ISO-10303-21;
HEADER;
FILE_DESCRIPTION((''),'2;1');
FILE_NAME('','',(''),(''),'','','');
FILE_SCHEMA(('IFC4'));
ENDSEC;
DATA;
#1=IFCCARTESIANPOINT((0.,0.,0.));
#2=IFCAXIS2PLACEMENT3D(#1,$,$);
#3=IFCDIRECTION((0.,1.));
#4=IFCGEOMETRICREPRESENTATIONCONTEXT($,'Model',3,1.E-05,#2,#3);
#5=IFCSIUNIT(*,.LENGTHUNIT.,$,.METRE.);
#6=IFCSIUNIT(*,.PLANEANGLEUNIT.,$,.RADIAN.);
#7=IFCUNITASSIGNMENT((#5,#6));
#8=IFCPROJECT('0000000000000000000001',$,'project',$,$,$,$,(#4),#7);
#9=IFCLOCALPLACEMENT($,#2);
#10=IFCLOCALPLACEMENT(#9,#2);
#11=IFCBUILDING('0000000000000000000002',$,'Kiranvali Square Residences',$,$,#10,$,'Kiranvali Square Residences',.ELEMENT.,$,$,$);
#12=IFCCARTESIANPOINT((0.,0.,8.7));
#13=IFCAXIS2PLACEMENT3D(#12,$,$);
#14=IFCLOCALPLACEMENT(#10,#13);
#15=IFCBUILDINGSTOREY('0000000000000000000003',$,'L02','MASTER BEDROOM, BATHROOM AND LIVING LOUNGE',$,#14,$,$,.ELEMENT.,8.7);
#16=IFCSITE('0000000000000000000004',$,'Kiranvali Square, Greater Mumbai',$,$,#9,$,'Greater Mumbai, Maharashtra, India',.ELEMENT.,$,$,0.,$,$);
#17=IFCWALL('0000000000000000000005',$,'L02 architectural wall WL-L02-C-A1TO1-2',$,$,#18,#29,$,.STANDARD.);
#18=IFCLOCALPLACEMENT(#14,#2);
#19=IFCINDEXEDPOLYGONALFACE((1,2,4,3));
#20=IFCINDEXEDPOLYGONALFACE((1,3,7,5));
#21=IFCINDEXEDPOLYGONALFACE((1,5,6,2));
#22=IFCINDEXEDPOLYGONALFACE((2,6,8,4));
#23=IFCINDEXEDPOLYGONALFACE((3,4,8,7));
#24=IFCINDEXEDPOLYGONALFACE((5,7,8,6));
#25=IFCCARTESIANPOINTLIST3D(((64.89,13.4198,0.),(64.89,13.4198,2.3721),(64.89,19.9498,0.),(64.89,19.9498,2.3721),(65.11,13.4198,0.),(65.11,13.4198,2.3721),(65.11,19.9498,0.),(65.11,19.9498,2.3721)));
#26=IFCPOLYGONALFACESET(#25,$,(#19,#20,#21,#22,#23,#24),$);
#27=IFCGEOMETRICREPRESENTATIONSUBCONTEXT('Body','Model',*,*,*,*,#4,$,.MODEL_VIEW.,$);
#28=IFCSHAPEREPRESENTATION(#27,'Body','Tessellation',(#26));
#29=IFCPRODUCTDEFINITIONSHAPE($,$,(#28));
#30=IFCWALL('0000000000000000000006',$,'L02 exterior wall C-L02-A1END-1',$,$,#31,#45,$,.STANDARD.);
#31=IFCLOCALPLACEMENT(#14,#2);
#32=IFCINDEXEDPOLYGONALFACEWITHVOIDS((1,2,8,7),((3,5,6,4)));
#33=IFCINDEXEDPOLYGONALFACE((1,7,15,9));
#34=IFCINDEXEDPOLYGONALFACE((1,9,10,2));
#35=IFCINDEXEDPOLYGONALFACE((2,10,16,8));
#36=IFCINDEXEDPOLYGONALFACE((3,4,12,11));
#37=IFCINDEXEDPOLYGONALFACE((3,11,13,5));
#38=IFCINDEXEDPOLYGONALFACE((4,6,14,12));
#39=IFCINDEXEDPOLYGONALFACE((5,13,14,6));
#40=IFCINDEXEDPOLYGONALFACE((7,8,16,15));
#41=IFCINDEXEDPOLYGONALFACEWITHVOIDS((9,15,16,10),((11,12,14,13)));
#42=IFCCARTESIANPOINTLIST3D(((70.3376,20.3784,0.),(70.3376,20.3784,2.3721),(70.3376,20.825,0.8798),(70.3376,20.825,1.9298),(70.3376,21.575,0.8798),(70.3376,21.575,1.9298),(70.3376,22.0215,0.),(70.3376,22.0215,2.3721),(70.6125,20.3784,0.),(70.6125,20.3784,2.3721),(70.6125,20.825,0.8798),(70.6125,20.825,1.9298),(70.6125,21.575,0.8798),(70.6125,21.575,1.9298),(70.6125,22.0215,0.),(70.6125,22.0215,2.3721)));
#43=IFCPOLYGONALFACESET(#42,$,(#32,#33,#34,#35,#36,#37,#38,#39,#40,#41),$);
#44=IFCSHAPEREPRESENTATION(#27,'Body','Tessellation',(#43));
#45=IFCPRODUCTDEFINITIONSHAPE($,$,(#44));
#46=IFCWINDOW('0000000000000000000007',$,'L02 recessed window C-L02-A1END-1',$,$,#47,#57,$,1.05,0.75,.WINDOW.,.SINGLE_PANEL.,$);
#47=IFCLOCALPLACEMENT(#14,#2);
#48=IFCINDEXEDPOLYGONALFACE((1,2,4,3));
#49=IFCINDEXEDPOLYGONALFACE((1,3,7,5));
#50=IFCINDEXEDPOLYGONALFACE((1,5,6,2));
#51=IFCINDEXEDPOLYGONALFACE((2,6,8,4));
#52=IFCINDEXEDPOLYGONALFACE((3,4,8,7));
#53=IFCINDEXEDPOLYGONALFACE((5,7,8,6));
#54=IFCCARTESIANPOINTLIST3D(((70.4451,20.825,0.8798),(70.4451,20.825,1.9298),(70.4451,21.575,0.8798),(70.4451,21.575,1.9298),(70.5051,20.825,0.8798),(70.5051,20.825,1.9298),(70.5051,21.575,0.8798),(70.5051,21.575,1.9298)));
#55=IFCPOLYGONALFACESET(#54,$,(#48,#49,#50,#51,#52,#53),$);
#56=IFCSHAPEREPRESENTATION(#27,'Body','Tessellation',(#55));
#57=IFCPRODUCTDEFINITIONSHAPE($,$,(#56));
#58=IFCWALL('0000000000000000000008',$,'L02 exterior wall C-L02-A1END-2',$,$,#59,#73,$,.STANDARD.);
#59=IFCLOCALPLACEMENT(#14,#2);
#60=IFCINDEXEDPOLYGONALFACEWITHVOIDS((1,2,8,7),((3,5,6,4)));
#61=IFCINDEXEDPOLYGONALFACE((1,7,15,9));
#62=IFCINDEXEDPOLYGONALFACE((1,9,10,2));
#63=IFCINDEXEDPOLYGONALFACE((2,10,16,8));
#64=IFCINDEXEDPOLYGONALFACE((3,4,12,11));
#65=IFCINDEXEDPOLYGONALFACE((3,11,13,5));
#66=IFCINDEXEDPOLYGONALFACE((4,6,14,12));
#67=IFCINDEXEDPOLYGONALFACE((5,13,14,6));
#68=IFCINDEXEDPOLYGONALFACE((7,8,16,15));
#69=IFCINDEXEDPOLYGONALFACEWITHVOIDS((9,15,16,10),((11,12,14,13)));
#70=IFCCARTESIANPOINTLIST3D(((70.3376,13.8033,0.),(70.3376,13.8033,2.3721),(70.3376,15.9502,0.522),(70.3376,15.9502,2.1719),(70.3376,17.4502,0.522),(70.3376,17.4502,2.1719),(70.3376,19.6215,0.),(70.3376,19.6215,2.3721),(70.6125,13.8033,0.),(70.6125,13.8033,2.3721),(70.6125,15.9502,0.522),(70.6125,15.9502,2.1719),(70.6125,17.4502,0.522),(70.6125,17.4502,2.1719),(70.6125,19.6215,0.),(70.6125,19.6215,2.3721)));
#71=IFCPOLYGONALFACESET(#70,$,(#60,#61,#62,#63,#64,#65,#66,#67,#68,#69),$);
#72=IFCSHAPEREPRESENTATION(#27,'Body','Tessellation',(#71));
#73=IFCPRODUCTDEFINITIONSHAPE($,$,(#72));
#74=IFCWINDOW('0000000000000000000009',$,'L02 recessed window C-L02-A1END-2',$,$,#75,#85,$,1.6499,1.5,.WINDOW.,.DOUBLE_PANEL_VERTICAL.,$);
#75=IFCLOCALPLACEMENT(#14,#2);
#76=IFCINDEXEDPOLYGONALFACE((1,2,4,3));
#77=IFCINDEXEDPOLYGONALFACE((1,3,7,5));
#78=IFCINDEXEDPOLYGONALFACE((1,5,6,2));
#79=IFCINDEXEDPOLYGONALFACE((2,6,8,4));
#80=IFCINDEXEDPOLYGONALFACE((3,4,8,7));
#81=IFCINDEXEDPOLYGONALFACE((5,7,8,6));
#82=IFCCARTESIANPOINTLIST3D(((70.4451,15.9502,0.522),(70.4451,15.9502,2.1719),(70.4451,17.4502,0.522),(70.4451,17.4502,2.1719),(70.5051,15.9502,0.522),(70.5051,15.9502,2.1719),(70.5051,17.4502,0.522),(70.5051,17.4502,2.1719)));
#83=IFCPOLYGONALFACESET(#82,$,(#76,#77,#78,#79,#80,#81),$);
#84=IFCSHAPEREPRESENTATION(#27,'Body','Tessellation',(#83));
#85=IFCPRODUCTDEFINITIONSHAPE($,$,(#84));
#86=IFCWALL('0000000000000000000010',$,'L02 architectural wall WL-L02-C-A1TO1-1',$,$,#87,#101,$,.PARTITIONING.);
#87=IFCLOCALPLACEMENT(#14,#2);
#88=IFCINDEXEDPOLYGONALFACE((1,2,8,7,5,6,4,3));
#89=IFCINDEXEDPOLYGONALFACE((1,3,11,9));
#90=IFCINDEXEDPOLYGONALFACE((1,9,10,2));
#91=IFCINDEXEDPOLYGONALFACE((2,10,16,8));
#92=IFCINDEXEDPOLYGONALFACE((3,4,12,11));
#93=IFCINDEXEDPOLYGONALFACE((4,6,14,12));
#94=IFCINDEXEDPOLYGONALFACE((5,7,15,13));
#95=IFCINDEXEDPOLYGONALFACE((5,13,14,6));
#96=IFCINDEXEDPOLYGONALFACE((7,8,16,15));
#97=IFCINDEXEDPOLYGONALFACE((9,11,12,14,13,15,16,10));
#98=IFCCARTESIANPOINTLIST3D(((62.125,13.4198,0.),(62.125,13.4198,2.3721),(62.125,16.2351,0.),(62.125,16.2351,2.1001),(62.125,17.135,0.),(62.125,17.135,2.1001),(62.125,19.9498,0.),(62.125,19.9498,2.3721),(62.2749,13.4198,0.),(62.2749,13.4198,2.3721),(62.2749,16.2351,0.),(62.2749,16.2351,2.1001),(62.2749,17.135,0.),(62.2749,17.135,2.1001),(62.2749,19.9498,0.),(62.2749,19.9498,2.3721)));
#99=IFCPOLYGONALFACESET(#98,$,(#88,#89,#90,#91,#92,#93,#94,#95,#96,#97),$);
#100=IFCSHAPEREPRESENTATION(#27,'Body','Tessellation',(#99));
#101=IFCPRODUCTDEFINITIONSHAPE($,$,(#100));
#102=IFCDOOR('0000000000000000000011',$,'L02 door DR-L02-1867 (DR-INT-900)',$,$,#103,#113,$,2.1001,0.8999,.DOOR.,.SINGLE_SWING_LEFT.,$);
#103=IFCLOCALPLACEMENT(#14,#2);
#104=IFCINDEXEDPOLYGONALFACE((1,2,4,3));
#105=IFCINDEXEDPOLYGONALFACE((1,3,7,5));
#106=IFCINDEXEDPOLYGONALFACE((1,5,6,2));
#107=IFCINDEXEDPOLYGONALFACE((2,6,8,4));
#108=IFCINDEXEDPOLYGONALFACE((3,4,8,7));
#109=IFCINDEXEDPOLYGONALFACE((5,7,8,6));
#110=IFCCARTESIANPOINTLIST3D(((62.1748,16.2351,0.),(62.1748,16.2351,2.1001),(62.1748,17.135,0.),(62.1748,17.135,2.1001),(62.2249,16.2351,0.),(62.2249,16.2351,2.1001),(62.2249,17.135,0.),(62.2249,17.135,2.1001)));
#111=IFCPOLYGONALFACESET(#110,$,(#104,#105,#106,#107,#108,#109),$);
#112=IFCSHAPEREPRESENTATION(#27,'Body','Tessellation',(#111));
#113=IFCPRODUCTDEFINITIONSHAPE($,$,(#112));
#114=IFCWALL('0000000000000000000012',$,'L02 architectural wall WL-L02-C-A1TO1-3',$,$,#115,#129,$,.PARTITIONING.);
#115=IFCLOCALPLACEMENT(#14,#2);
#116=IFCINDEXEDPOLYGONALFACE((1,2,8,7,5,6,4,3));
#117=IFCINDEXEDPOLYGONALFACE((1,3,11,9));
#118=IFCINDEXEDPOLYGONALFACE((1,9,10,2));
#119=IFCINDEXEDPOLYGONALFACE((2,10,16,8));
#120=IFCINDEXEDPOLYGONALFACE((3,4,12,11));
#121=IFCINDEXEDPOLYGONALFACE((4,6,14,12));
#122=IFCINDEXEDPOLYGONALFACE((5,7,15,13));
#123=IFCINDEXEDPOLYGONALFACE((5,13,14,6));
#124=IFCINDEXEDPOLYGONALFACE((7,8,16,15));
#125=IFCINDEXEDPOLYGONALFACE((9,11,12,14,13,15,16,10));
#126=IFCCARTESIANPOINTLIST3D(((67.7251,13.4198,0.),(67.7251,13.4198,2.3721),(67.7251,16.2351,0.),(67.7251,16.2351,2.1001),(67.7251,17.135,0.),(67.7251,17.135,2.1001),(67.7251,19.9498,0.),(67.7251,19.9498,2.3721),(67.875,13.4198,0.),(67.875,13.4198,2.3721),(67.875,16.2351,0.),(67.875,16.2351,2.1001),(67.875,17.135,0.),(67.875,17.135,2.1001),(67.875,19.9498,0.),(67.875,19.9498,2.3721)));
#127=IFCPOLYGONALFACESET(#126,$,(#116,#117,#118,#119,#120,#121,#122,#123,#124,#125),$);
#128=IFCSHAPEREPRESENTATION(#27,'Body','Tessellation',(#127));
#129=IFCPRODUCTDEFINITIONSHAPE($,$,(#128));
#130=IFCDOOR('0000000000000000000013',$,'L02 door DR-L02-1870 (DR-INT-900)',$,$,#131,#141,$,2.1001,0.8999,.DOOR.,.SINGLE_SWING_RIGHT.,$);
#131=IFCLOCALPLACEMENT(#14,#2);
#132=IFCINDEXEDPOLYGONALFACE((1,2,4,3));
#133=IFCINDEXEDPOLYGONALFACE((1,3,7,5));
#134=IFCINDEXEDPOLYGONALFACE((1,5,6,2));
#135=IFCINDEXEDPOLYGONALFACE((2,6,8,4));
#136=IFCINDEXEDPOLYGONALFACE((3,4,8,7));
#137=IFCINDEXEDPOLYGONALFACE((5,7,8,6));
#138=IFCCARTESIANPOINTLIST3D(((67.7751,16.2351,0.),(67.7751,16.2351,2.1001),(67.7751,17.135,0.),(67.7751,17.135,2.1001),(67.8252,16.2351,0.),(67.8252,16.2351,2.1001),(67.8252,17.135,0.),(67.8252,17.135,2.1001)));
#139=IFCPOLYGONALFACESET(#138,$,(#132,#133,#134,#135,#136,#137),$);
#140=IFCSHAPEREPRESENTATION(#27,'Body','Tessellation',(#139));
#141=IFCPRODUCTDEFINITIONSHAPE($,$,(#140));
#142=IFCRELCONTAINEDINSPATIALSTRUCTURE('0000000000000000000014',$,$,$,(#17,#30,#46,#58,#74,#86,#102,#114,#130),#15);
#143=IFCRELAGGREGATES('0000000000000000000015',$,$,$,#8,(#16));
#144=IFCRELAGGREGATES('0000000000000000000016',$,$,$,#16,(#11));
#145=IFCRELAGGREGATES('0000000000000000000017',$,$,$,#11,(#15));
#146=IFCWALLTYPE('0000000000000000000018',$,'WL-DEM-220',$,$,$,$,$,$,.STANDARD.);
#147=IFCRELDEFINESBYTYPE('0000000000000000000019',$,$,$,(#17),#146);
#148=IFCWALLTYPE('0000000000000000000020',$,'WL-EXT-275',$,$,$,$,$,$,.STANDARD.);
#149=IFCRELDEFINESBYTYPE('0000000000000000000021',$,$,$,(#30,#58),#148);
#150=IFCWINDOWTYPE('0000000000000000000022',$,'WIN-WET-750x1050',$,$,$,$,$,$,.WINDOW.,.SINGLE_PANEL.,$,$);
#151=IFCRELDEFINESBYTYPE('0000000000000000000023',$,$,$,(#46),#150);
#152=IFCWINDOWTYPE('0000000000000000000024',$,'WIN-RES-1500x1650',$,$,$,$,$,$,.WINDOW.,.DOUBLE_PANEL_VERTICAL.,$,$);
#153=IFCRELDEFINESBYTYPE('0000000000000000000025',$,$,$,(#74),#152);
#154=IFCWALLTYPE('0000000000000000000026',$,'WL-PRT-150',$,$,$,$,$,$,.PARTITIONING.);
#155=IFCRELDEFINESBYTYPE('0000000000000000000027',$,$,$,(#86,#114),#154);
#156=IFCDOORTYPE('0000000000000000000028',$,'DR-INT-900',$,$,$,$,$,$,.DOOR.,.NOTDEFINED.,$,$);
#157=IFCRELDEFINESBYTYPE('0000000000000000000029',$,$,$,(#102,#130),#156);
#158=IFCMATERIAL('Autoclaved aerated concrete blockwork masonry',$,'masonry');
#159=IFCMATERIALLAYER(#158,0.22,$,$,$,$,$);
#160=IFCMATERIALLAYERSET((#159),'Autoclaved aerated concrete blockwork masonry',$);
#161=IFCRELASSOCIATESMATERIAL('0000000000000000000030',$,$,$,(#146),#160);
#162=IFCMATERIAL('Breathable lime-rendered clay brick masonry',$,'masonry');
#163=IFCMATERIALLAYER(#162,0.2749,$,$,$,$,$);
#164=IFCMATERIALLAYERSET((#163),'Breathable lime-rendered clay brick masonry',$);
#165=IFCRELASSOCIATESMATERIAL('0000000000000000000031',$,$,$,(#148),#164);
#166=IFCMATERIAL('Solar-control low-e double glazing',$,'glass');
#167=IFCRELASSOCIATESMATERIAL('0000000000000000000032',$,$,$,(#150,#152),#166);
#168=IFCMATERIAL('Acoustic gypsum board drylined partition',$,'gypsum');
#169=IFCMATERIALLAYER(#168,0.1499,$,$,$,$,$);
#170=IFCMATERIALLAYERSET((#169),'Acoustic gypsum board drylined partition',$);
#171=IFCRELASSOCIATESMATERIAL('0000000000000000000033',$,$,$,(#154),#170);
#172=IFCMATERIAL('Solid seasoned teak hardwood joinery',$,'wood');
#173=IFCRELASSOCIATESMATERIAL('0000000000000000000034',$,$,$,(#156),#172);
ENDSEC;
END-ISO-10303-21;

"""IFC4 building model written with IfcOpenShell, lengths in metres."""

from ifc_helpers import new_model, si_unit, direction, frame, frame_2d, origin, place, context, subcontext, project, spatial, rectangle, extrude, material, layer, layer_set, type_object, element, fill, save


model = new_model("IFC4")

# Units and contexts
model_context = context("Model", 3, precision=1e-05, world=origin(), true_north=direction((0.0, 1.0)))
body_context = subcontext(model_context, "Body", "Model", "MODEL_VIEW")
ifc_project = project(units=[si_unit("LENGTHUNIT", "METRE"), si_unit("PLANEANGLEUNIT", "RADIAN")], contexts=[model_context])

# Site, building, storey
site_placement = place(None, origin())
site = spatial("IfcSite", under=ifc_project, at=site_placement, Name="Kiranvali Square, Greater Mumbai", LongName="Greater Mumbai, Maharashtra, India", CompositionType="ELEMENT", RefElevation=0.0)
building_placement = place(site_placement, origin())
building = spatial("IfcBuilding", under=site, at=building_placement, Name="Kiranvali Square Residences", LongName="Kiranvali Square Residences", CompositionType="ELEMENT")
storey_placement = place(building_placement, frame((0.0, 0.0, 8.7)))
storey = spatial("IfcBuildingStorey", under=building, at=storey_placement, Name="L02", Description="MASTER BEDROOM, BATHROOM AND LIVING LOUNGE", CompositionType="ELEMENT", Elevation=8.7)

# Shared definitions
ifc_material_1 = material(Name="Autoclaved aerated concrete blockwork masonry", Category="masonry")

# Wall
ifc_layer_1 = layer(ifc_material_1, 0.22)
ifc_layer_set_1 = layer_set([ifc_layer_1], Name="Autoclaved aerated concrete blockwork masonry")
wall_type_1 = type_object("IfcWallType", Name="WL-DEM-220", PredefinedType="STANDARD", material=ifc_layer_set_1)
wall_1_placement = place(storey_placement, frame((65.0, 19.95, 0.0), z_axis=(0.0, 0.0, 1.0), x_axis=(0.0, -1.0, 0.0)))
element("IfcWall", 1, at=wall_1_placement, inside=storey, type_object=wall_type_1, Name="L02 architectural wall WL-L02-C-A1TO1-2", PredefinedType="STANDARD", context=body_context, shape_type="SweptSolid", body=[
    extrude(rectangle(XDim=6.53, YDim=0.22, at=frame_2d((3.2651, 0.0))), origin(), (0.0, 0.0, 1.0), 2.3721),
])

# Walls, openings, windows
ifc_material_2 = material(Name="Breathable lime-rendered clay brick masonry", Category="masonry")
ifc_layer_2 = layer(ifc_material_2, 0.2749)
ifc_layer_set_2 = layer_set([ifc_layer_2], Name="Breathable lime-rendered clay brick masonry")
wall_type_2 = type_object("IfcWallType", Name="WL-EXT-275", PredefinedType="STANDARD", material=ifc_layer_set_2)
wall_2_placement = place(storey_placement, frame((70.4751, 22.0215, 0.0), z_axis=(0.0, 0.0, 1.0), x_axis=(0.0, -1.0, 0.0)))
wall_2 = element("IfcWall", 2, at=wall_2_placement, inside=storey, type_object=wall_type_2, Name="L02 exterior wall C-L02-A1END-1", PredefinedType="STANDARD", context=body_context, shape_type="SweptSolid", body=[
    extrude(rectangle(XDim=1.6431, YDim=0.2749, at=frame_2d((0.8215, 0.0))), origin(), (0.0, 0.0, 1.0), 2.3721),
])
opening_1_placement = place(wall_2_placement, frame((0.4465, 0.0, 0.8799)))
opening_1 = element("IfcOpeningElement", 3, at=opening_1_placement, cuts=wall_2, PredefinedType="OPENING", context=body_context, shape_type="SweptSolid", body=[
    extrude(rectangle(XDim=0.75, YDim=1.05, at=frame_2d((0.375, 0.5249))), frame((0.0, 0.1475, 0.0), z_axis=(0.0, -1.0, 0.0), x_axis=(1.0, 0.0, 0.0)), (0.0, 0.0, 1.0), 0.2949),
])
ifc_material_3 = material(Name="Solar-control low-e double glazing", Category="glass")
window_type_1 = type_object("IfcWindowType", Name="WIN-WET-750x1050", PartitioningType="SINGLE_PANEL", PredefinedType="WINDOW", material=ifc_material_3)
window_1_placement = place(opening_1_placement, origin())
window_1 = element("IfcWindow", 4, at=window_1_placement, inside=storey, type_object=window_type_1, Name="L02 recessed window C-L02-A1END-1", OverallHeight=1.05, OverallWidth=0.75, PartitioningType="SINGLE_PANEL", PredefinedType="WINDOW", context=body_context, shape_type="SweptSolid", body=[
    extrude(rectangle(XDim=0.75, YDim=1.05, at=frame_2d((0.375, 0.5249))), frame((0.0, 0.03, 0.0), z_axis=(0.0, -1.0, 0.0), x_axis=(1.0, 0.0, 0.0)), (0.0, 0.0, 1.0), 0.0601),
])
fill(opening_1, window_1)
wall_3_placement = place(storey_placement, frame((70.4751, 19.6216, 0.0), z_axis=(0.0, 0.0, 1.0), x_axis=(0.0, -1.0, 0.0)))
wall_3 = element("IfcWall", 5, at=wall_3_placement, inside=storey, type_object=wall_type_2, Name="L02 exterior wall C-L02-A1END-2", PredefinedType="STANDARD", context=body_context, shape_type="SweptSolid", body=[
    extrude(rectangle(XDim=5.8181, YDim=0.2749, at=frame_2d((2.9092, 0.0))), origin(), (0.0, 0.0, 1.0), 2.3721),
])
opening_2_placement = place(wall_3_placement, frame((2.1714, 0.0, 0.522)))
opening_2 = element("IfcOpeningElement", 6, at=opening_2_placement, cuts=wall_3, PredefinedType="OPENING", context=body_context, shape_type="SweptSolid", body=[
    extrude(rectangle(XDim=1.5, YDim=1.6499, at=frame_2d((0.75, 0.825))), frame((0.0, 0.1475, 0.0), z_axis=(0.0, -1.0, 0.0), x_axis=(1.0, 0.0, 0.0)), (0.0, 0.0, 1.0), 0.2949),
])
window_type_2 = type_object("IfcWindowType", Name="WIN-RES-1500x1650", PartitioningType="DOUBLE_PANEL_VERTICAL", PredefinedType="WINDOW", material=ifc_material_3)
window_2_placement = place(opening_2_placement, origin())
window_2 = element("IfcWindow", 7, at=window_2_placement, inside=storey, type_object=window_type_2, Name="L02 recessed window C-L02-A1END-2", OverallHeight=1.6499, OverallWidth=1.5, PartitioningType="DOUBLE_PANEL_VERTICAL", PredefinedType="WINDOW", context=body_context, shape_type="SweptSolid", body=[
    extrude(rectangle(XDim=1.5, YDim=1.6499, at=frame_2d((0.75, 0.825))), frame((0.0, 0.03, 0.0), z_axis=(0.0, -1.0, 0.0), x_axis=(1.0, 0.0, 0.0)), (0.0, 0.0, 1.0), 0.0601),
])
fill(opening_2, window_2)

# Walls, openings, doors
ifc_material_4 = material(Name="Acoustic gypsum board drylined partition", Category="gypsum")
ifc_layer_3 = layer(ifc_material_4, 0.1499)
ifc_layer_set_3 = layer_set([ifc_layer_3], Name="Acoustic gypsum board drylined partition")
wall_type_3 = type_object("IfcWallType", Name="WL-PRT-150", PredefinedType="PARTITIONING", material=ifc_layer_set_3)
wall_4_placement = place(storey_placement, frame((62.2, 19.95, 0.0), z_axis=(0.0, 0.0, 1.0), x_axis=(0.0, -1.0, 0.0)))
wall_4 = element("IfcWall", 8, at=wall_4_placement, inside=storey, type_object=wall_type_3, Name="L02 architectural wall WL-L02-C-A1TO1-1", PredefinedType="PARTITIONING", context=body_context, shape_type="SweptSolid", body=[
    extrude(rectangle(XDim=6.53, YDim=0.1499, at=frame_2d((3.2651, 0.0))), origin(), (0.0, 0.0, 1.0), 2.3721),
])
opening_3_placement = place(wall_4_placement, frame((2.8149, 0.0, 0.0)))
opening_3 = element("IfcOpeningElement", 9, at=opening_3_placement, cuts=wall_4, PredefinedType="OPENING", context=body_context, shape_type="SweptSolid", body=[
    extrude(rectangle(XDim=0.8999, YDim=2.1001, at=frame_2d((0.45, 1.05))), frame((0.0, 0.085, 0.0), z_axis=(0.0, -1.0, 0.0), x_axis=(1.0, 0.0, 0.0)), (0.0, 0.0, 1.0), 0.1699),
])
ifc_material_5 = material(Name="Solid seasoned teak hardwood joinery", Category="wood")
door_type_1 = type_object("IfcDoorType", Name="DR-INT-900", OperationType="NOTDEFINED", PredefinedType="DOOR", material=ifc_material_5)
door_1_placement = place(opening_3_placement, origin())
door_1 = element("IfcDoor", 10, at=door_1_placement, inside=storey, type_object=door_type_1, Name="L02 door DR-L02-1867 (DR-INT-900)", OperationType="SINGLE_SWING_LEFT", OverallHeight=2.1001, OverallWidth=0.8999, PredefinedType="DOOR", context=body_context, shape_type="SweptSolid", body=[
    extrude(rectangle(XDim=0.8999, YDim=2.1001, at=frame_2d((0.45, 1.05))), frame((0.0, 0.0249, 0.0), z_axis=(0.0, -1.0, 0.0), x_axis=(1.0, 0.0, 0.0)), (0.0, 0.0, 1.0), 0.05),
])
fill(opening_3, door_1)
wall_5_placement = place(storey_placement, frame((67.8, 19.95, 0.0), z_axis=(0.0, 0.0, 1.0), x_axis=(0.0, -1.0, 0.0)))
wall_5 = element("IfcWall", 11, at=wall_5_placement, inside=storey, type_object=wall_type_3, Name="L02 architectural wall WL-L02-C-A1TO1-3", PredefinedType="PARTITIONING", context=body_context, shape_type="SweptSolid", body=[
    extrude(rectangle(XDim=6.53, YDim=0.1499, at=frame_2d((3.2651, 0.0))), origin(), (0.0, 0.0, 1.0), 2.3721),
])
opening_4_placement = place(wall_5_placement, frame((2.8149, 0.0, 0.0)))
opening_4 = element("IfcOpeningElement", 12, at=opening_4_placement, cuts=wall_5, PredefinedType="OPENING", context=body_context, shape_type="SweptSolid", body=[
    extrude(rectangle(XDim=0.8999, YDim=2.1001, at=frame_2d((0.45, 1.05))), frame((0.0, 0.085, 0.0), z_axis=(0.0, -1.0, 0.0), x_axis=(1.0, 0.0, 0.0)), (0.0, 0.0, 1.0), 0.1699),
])
door_2_placement = place(opening_4_placement, frame((0.8999, 0.0, 0.0), z_axis=(0.0, 0.0, 1.0), x_axis=(-1.0, 0.0, 0.0)))
door_2 = element("IfcDoor", 13, at=door_2_placement, inside=storey, type_object=door_type_1, Name="L02 door DR-L02-1870 (DR-INT-900)", OperationType="SINGLE_SWING_RIGHT", OverallHeight=2.1001, OverallWidth=0.8999, PredefinedType="DOOR", context=body_context, shape_type="SweptSolid", body=[
    extrude(rectangle(XDim=0.8999, YDim=2.1001, at=frame_2d((0.45, 1.05))), frame((0.0, 0.0249, 0.0), z_axis=(0.0, -1.0, 0.0), x_axis=(1.0, 0.0, 0.0)), (0.0, 0.0, 1.0), 0.05),
])
fill(opening_4, door_2)

save(model, "model.ifc")
